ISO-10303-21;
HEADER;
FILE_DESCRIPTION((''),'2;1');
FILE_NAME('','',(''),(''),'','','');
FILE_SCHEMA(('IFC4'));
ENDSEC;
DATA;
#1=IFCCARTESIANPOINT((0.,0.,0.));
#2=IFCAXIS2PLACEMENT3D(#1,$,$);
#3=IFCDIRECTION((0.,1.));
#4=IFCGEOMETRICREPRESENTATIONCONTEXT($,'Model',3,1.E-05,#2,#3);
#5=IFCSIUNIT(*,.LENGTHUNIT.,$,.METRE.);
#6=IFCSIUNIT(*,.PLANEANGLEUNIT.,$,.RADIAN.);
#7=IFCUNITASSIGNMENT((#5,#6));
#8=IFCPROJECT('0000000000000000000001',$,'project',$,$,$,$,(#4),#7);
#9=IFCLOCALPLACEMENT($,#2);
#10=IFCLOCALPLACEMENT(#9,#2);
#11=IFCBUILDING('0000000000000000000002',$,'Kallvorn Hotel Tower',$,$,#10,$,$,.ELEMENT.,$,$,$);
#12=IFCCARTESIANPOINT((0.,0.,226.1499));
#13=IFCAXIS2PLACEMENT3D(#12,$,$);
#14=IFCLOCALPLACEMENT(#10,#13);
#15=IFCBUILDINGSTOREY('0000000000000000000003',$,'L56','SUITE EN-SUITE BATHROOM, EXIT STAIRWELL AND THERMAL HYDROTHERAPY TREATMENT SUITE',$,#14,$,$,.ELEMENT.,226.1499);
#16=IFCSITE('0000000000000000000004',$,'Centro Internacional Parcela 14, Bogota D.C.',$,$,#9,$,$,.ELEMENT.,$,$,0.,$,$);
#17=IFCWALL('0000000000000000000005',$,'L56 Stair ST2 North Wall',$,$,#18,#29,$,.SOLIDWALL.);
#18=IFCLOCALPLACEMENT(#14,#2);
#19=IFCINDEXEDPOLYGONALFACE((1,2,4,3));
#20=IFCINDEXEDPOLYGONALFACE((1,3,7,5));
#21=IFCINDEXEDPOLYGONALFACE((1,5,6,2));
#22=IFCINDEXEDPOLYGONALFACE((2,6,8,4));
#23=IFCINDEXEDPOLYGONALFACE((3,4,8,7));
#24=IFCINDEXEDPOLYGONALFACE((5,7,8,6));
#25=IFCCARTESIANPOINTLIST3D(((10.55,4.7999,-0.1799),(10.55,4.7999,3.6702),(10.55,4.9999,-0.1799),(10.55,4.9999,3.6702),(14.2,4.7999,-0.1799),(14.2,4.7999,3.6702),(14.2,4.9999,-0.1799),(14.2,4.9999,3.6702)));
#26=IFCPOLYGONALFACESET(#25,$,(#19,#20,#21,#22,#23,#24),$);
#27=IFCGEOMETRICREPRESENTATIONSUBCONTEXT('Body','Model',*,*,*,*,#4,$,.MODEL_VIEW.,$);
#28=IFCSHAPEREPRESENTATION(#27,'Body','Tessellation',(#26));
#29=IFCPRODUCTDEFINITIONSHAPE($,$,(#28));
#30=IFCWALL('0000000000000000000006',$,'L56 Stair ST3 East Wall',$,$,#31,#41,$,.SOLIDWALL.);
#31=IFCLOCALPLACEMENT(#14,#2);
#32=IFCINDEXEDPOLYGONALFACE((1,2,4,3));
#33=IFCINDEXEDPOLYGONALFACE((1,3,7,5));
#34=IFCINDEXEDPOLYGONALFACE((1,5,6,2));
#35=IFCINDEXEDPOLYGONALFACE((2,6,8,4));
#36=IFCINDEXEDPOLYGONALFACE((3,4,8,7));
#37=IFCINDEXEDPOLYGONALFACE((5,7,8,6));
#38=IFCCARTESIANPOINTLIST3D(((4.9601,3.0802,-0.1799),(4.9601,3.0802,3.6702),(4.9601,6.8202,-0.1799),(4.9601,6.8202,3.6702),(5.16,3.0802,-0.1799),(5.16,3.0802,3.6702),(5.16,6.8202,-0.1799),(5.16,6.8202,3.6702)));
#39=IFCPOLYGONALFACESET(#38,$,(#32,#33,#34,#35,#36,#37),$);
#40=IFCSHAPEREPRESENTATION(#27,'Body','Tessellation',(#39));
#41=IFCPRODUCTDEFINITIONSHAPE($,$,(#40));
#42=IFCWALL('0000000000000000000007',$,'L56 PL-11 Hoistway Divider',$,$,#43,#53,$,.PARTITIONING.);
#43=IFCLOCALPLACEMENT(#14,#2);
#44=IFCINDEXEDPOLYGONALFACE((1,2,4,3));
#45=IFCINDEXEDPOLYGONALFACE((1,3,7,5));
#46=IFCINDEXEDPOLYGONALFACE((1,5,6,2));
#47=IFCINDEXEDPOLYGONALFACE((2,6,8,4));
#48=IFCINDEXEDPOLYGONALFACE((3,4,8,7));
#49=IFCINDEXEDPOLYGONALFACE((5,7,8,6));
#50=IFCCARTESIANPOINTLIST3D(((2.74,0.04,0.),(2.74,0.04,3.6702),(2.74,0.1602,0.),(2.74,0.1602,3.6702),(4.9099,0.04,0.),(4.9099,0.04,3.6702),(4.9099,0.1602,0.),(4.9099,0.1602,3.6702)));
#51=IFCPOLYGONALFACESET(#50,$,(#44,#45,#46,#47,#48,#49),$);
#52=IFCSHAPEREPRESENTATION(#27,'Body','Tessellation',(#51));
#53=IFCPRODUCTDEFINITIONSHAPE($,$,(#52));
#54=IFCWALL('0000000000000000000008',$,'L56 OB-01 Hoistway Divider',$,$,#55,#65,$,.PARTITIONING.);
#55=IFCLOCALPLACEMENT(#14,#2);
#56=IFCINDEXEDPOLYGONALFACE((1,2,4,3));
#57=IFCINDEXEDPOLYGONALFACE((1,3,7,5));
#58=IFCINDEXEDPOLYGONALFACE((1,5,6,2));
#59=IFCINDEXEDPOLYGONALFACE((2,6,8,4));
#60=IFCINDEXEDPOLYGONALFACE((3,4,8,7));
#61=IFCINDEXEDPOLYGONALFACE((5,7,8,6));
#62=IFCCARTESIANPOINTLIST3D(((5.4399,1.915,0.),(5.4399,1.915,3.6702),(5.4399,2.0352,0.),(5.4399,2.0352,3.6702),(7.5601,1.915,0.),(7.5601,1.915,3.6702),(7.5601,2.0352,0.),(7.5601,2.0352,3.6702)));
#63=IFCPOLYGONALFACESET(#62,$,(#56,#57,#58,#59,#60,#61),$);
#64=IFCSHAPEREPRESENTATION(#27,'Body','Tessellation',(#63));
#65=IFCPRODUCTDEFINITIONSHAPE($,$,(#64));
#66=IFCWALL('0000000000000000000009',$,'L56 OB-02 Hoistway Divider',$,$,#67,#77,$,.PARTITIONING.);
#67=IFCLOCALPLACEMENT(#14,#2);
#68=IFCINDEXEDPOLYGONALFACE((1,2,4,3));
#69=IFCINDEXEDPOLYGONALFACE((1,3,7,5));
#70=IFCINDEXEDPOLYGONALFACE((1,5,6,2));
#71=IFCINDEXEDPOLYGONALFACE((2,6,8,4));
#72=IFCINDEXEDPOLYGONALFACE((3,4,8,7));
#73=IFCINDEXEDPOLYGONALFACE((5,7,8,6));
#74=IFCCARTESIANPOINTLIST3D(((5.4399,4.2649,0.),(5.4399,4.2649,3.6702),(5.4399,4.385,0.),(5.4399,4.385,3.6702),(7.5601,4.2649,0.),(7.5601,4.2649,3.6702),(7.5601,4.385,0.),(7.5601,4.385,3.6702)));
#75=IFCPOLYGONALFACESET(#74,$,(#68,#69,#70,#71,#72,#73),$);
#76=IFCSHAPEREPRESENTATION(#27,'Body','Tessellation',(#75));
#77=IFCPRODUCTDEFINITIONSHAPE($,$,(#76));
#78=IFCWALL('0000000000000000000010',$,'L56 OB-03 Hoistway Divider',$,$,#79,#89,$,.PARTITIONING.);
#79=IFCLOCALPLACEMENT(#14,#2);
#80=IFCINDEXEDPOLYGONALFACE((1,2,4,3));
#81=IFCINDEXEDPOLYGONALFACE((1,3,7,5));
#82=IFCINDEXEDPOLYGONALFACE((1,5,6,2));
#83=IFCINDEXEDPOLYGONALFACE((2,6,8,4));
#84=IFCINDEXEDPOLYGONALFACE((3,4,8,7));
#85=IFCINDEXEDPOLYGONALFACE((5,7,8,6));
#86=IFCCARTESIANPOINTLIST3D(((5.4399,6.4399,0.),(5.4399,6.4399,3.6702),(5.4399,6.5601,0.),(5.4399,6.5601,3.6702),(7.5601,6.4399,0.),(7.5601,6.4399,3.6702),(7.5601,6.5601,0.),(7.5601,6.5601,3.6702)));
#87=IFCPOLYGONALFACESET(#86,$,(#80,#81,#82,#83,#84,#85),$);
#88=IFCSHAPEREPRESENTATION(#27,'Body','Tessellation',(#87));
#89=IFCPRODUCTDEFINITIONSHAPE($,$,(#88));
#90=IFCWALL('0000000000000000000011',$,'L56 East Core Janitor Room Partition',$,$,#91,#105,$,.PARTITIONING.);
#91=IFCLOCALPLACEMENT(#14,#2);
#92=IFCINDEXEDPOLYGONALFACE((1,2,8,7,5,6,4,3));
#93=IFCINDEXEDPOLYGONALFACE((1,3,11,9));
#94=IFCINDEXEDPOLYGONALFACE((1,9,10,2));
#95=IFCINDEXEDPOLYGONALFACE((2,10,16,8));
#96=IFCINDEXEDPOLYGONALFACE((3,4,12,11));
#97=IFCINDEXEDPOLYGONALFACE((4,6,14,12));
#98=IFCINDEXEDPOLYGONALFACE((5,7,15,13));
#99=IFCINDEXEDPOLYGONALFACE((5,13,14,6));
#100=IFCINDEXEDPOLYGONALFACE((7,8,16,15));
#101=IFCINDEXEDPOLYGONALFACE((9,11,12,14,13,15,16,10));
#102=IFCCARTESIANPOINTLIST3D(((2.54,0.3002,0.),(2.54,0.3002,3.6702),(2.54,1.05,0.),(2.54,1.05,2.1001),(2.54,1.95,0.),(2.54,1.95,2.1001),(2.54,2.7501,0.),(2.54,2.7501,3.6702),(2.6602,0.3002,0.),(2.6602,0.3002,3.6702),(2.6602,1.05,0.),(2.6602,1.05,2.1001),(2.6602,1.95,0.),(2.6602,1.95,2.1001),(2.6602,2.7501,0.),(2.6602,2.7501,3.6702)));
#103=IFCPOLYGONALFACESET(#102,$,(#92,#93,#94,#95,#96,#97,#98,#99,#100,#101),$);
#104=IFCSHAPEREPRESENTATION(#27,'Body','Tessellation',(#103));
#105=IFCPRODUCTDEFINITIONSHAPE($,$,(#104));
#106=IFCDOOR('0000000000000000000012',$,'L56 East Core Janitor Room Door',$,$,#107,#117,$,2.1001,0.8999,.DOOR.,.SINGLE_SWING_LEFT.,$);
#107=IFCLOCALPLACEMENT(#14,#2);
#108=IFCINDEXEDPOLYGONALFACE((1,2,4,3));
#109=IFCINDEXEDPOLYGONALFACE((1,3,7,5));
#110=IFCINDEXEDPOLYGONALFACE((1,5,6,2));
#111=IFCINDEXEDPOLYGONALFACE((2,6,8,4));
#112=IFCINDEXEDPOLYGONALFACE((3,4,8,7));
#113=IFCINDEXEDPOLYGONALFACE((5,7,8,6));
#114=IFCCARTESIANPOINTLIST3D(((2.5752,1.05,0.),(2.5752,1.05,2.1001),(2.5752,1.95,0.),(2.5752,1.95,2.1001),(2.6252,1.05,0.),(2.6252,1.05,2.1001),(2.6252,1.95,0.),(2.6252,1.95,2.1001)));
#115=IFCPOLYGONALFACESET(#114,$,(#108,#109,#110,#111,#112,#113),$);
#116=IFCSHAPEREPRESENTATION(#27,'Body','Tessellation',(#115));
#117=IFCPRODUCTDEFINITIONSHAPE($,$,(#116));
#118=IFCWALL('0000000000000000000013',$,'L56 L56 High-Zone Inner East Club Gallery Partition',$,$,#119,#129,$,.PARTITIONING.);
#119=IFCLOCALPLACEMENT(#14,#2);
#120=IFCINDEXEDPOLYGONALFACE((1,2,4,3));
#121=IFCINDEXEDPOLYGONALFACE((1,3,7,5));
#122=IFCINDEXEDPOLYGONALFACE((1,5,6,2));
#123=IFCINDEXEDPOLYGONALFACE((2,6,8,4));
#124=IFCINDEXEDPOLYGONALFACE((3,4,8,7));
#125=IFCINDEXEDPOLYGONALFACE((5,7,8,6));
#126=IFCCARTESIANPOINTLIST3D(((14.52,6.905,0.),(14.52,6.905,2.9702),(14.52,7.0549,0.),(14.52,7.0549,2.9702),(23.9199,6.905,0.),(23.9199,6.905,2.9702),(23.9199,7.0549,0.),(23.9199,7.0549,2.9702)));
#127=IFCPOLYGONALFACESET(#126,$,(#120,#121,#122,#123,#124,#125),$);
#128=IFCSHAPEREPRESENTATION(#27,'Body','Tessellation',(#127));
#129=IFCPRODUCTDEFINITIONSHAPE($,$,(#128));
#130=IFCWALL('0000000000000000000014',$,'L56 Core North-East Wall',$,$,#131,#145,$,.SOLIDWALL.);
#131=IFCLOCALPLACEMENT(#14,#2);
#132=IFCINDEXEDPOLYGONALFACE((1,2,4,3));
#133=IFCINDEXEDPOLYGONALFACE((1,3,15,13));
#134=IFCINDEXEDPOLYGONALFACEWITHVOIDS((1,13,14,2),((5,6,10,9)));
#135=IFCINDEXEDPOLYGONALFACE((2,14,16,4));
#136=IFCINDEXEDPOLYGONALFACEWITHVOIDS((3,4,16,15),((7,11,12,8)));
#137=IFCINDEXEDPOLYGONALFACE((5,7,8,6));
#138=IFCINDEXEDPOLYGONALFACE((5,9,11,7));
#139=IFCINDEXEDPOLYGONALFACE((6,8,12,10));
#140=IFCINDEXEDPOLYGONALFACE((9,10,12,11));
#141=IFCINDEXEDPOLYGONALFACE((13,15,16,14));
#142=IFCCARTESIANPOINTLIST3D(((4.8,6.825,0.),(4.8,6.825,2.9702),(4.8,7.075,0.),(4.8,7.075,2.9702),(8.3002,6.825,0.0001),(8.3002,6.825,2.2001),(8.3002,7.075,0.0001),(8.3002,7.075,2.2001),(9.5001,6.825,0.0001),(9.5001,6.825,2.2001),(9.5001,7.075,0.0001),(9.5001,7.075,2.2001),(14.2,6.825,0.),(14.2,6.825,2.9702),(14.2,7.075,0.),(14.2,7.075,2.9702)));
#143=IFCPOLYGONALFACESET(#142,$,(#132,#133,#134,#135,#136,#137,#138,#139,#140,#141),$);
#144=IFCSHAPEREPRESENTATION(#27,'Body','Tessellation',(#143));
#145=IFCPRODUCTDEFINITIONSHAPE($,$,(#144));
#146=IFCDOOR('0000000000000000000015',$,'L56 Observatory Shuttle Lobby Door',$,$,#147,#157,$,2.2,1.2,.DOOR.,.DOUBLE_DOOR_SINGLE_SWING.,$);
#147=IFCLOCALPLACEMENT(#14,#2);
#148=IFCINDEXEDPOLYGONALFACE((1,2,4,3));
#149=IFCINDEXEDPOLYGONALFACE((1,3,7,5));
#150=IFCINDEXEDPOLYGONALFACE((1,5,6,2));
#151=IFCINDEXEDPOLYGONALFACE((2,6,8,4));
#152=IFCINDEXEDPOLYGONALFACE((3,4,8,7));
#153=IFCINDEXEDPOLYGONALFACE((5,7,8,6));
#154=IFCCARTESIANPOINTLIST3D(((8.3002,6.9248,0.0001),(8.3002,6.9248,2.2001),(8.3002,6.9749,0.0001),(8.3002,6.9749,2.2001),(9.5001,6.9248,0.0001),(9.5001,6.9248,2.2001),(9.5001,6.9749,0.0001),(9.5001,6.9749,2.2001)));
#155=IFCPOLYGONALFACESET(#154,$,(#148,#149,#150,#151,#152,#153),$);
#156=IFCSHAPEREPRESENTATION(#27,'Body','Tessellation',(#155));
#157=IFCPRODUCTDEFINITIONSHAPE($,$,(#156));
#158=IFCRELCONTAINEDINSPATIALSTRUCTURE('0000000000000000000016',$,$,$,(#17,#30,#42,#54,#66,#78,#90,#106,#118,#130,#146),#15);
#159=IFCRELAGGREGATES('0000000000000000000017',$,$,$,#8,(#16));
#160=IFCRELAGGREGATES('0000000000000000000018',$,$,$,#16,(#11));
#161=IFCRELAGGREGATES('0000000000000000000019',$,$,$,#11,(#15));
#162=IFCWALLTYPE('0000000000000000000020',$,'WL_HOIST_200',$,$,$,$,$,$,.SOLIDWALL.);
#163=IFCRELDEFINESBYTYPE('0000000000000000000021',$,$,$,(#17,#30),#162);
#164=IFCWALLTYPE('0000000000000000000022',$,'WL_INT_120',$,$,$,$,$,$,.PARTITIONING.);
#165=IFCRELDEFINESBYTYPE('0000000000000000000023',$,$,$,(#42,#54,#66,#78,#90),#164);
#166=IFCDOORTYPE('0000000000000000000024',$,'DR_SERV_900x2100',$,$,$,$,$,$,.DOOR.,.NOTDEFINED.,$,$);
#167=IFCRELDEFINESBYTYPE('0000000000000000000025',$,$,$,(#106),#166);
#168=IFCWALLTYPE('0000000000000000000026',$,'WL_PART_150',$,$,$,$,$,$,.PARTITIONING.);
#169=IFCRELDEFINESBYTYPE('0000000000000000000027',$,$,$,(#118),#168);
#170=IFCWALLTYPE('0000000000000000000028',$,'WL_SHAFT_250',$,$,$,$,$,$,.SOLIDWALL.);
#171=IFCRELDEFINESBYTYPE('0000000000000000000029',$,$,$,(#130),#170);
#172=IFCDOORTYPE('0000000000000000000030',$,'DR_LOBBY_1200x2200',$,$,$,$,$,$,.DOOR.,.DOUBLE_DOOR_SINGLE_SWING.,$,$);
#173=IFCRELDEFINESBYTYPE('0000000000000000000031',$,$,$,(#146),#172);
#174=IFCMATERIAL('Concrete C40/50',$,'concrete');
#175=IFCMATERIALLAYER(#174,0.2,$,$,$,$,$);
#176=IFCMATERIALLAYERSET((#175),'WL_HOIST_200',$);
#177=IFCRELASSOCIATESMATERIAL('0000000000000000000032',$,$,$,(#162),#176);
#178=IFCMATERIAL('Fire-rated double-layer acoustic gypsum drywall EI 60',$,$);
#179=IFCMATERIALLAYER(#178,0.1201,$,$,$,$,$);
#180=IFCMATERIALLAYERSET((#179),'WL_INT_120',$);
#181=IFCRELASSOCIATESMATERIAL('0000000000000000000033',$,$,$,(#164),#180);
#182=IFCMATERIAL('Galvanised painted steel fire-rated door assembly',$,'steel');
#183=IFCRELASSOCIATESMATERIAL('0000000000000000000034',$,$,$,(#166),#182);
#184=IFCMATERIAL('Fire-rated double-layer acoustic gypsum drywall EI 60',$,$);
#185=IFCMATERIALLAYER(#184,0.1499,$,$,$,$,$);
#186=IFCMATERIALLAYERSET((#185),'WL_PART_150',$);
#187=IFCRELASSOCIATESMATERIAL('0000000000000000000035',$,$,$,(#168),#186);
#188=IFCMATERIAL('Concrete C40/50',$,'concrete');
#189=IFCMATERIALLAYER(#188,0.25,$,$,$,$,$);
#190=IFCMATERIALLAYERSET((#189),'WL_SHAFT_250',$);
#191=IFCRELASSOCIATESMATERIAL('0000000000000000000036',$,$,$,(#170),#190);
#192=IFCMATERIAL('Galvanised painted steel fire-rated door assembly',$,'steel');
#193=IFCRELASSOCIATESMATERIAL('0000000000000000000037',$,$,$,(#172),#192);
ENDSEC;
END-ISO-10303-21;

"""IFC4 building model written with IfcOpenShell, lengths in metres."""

from ifc_helpers import new_model, si_unit, direction, frame, frame_2d, origin, place, context, subcontext, project, spatial, rectangle, extrude, material, layer, layer_set, type_object, element, fill, save


model = new_model("IFC4")

# Units and contexts
model_context = context("Model", 3, precision=1e-05, world=origin(), true_north=direction((0.0, 1.0)))
body_context = subcontext(model_context, "Body", "Model", "MODEL_VIEW")
ifc_project = project(units=[si_unit("LENGTHUNIT", "METRE"), si_unit("PLANEANGLEUNIT", "RADIAN")], contexts=[model_context])

# Site, building, storey
site_placement = place(None, origin())
site = spatial("IfcSite", under=ifc_project, at=site_placement, Name="Centro Internacional Parcela 14, Bogota D.C.", CompositionType="ELEMENT", RefElevation=0.0)
building_placement = place(site_placement, origin())
building = spatial("IfcBuilding", under=site, at=building_placement, Name="Kallvorn Hotel Tower", CompositionType="ELEMENT")
storey_placement = place(building_placement, frame((0.0, 0.0, 226.1499)))
storey = spatial("IfcBuildingStorey", under=building, at=storey_placement, Name="L56", Description="SUITE EN-SUITE BATHROOM, EXIT STAIRWELL AND THERMAL HYDROTHERAPY TREATMENT SUITE", CompositionType="ELEMENT", Elevation=226.1499)

# Walls
ifc_material_1 = material(Name="Concrete C40/50", Category="concrete")
ifc_layer_1 = layer(ifc_material_1, 0.2)
ifc_layer_set_1 = layer_set([ifc_layer_1], Name="WL_HOIST_200")
wall_type_1 = type_object("IfcWallType", Name="WL_HOIST_200", PredefinedType="SOLIDWALL", material=ifc_layer_set_1)
wall_1_placement = place(storey_placement, frame((10.55, 4.8999, -0.1799), z_axis=(0.0, 0.0, 1.0), x_axis=(1.0, 0.0, 0.0)))
element("IfcWall", 1, at=wall_1_placement, inside=storey, type_object=wall_type_1, Name="L56 Stair ST2 North Wall", PredefinedType="SOLIDWALL", context=body_context, shape_type="SweptSolid", body=[
    extrude(rectangle(XDim=3.6499, YDim=0.2, at=frame_2d((1.825, 0.0))), origin(), (0.0, 0.0, 1.0), 3.8501),
])
wall_2_placement = place(storey_placement, frame((5.0601, 3.0801, -0.1799), z_axis=(0.0, 0.0, 1.0), x_axis=(0.0, 1.0, 0.0)))
element("IfcWall", 2, at=wall_2_placement, inside=storey, type_object=wall_type_1, Name="L56 Stair ST3 East Wall", PredefinedType="SOLIDWALL", context=body_context, shape_type="SweptSolid", body=[
    extrude(rectangle(XDim=3.74, YDim=0.2, at=frame_2d((1.8701, 0.0))), origin(), (0.0, 0.0, 1.0), 3.8501),
])
ifc_material_2 = material(Name="Fire-rated double-layer acoustic gypsum drywall EI 60")
ifc_layer_2 = layer(ifc_material_2, 0.1201)
ifc_layer_set_2 = layer_set([ifc_layer_2], Name="WL_INT_120")
wall_type_2 = type_object("IfcWallType", Name="WL_INT_120", PredefinedType="PARTITIONING", material=ifc_layer_set_2)
wall_3_placement = place(storey_placement, frame((2.74, 0.1001, 0.0), z_axis=(0.0, 0.0, 1.0), x_axis=(1.0, 0.0, 0.0)))
element("IfcWall", 3, at=wall_3_placement, inside=storey, type_object=wall_type_2, Name="L56 PL-11 Hoistway Divider", PredefinedType="PARTITIONING", context=body_context, shape_type="SweptSolid", body=[
    extrude(rectangle(XDim=2.1699, YDim=0.1201, at=frame_2d((1.085, 0.0))), origin(), (0.0, 0.0, 1.0), 3.6702),
])
for number, where, z_axis, x_axis, name in (
    (4, (5.4399, 1.9751, 0.0), (0.0, 0.0, 1.0), (1.0, 0.0, 0.0), "L56 OB-01 Hoistway Divider"),
    (5, (5.4399, 4.325, 0.0), (0.0, 0.0, 1.0), (1.0, 0.0, 0.0), "L56 OB-02 Hoistway Divider"),
    (6, (5.4399, 6.5, 0.0), (0.0, 0.0, 1.0), (1.0, 0.0, 0.0), "L56 OB-03 Hoistway Divider"),
):
    element("IfcWall", number, at=place(storey_placement, frame(where, z_axis=z_axis, x_axis=x_axis)), inside=storey, type_object=wall_type_2, Name=name, PredefinedType="PARTITIONING", context=body_context, shape_type="SweptSolid", body=[
        extrude(rectangle(XDim=2.1201, YDim=0.1201, at=frame_2d((1.0601, 0.0))), origin(), (0.0, 0.0, 1.0), 3.6702),
    ])

# Wall, opening, door
wall_4_placement = place(storey_placement, frame((2.6001, 0.3, 0.0), z_axis=(0.0, 0.0, 1.0), x_axis=(0.0, 1.0, 0.0)))
wall_4 = element("IfcWall", 7, at=wall_4_placement, inside=storey, type_object=wall_type_2, Name="L56 East Core Janitor Room Partition", PredefinedType="PARTITIONING", context=body_context, shape_type="SweptSolid", body=[
    extrude(rectangle(XDim=2.45, YDim=0.1201, at=frame_2d((1.2251, 0.0))), origin(), (0.0, 0.0, 1.0), 3.6702),
])
opening_1_placement = place(wall_4_placement, frame((0.75, 0.0, 0.0)))
opening_1 = element("IfcOpeningElement", 8, at=opening_1_placement, cuts=wall_4, PredefinedType="OPENING", context=body_context, shape_type="SweptSolid", body=[
    extrude(rectangle(XDim=0.8999, YDim=2.1001, at=frame_2d((0.45, 1.05))), frame((0.0, 0.075, 0.0), z_axis=(0.0, -1.0, 0.0), x_axis=(1.0, 0.0, 0.0)), (0.0, 0.0, 1.0), 0.1501),
])
ifc_material_3 = material(Name="Galvanised painted steel fire-rated door assembly", Category="steel")
door_type_1 = type_object("IfcDoorType", Name="DR_SERV_900x2100", OperationType="NOTDEFINED", PredefinedType="DOOR", material=ifc_material_3)
door_1_placement = place(opening_1_placement, origin())
door_1 = element("IfcDoor", 9, at=door_1_placement, inside=storey, type_object=door_type_1, Name="L56 East Core Janitor Room Door", OperationType="SINGLE_SWING_LEFT", OverallHeight=2.1001, OverallWidth=0.8999, PredefinedType="DOOR", context=body_context, shape_type="SweptSolid", body=[
    extrude(rectangle(XDim=0.8999, YDim=2.1001, at=frame_2d((0.45, 1.05))), frame((0.0, 0.0249, 0.0), z_axis=(0.0, -1.0, 0.0), x_axis=(1.0, 0.0, 0.0)), (0.0, 0.0, 1.0), 0.05),
])
fill(opening_1, door_1)

# Wall
ifc_material_4 = material(Name="Fire-rated double-layer acoustic gypsum drywall EI 60")
ifc_layer_3 = layer(ifc_material_4, 0.1499)
ifc_layer_set_3 = layer_set([ifc_layer_3], Name="WL_PART_150")
wall_type_3 = type_object("IfcWallType", Name="WL_PART_150", PredefinedType="PARTITIONING", material=ifc_layer_set_3)
wall_5_placement = place(storey_placement, frame((14.52, 6.98, 0.0), z_axis=(0.0, 0.0, 1.0), x_axis=(1.0, 0.0, 0.0)))
element("IfcWall", 10, at=wall_5_placement, inside=storey, type_object=wall_type_3, Name="L56 L56 High-Zone Inner East Club Gallery Partition", PredefinedType="PARTITIONING", context=body_context, shape_type="SweptSolid", body=[
    extrude(rectangle(XDim=9.3999, YDim=0.1499, at=frame_2d((4.7, 0.0))), origin(), (0.0, 0.0, 1.0), 2.9702),
])

# Wall, opening, door
ifc_material_5 = material(Name="Concrete C40/50", Category="concrete")
ifc_layer_4 = layer(ifc_material_5, 0.25)
ifc_layer_set_4 = layer_set([ifc_layer_4], Name="WL_SHAFT_250")
wall_type_4 = type_object("IfcWallType", Name="WL_SHAFT_250", PredefinedType="SOLIDWALL", material=ifc_layer_set_4)
wall_6_placement = place(storey_placement, frame((4.8, 6.95, 0.0), z_axis=(0.0, 0.0, 1.0), x_axis=(1.0, 0.0, 0.0)))
wall_6 = element("IfcWall", 11, at=wall_6_placement, inside=storey, type_object=wall_type_4, Name="L56 Core North-East Wall", PredefinedType="SOLIDWALL", context=body_context, shape_type="SweptSolid", body=[
    extrude(rectangle(XDim=9.3999, YDim=0.25, at=frame_2d((4.7, 0.0))), origin(), (0.0, 0.0, 1.0), 2.9702),
])
opening_2_placement = place(wall_6_placement, frame((3.5, 0.0, 0.0)))
opening_2 = element("IfcOpeningElement", 12, at=opening_2_placement, cuts=wall_6, PredefinedType="OPENING", context=body_context, shape_type="SweptSolid", body=[
    extrude(rectangle(XDim=1.2, YDim=2.2, at=frame_2d((0.6001, 1.1001))), frame((0.0, 0.1399, 0.0), z_axis=(0.0, -1.0, 0.0), x_axis=(1.0, 0.0, 0.0)), (0.0, 0.0, 1.0), 0.28),
])
ifc_material_6 = material(Name="Galvanised painted steel fire-rated door assembly", Category="steel")
door_type_2 = type_object("IfcDoorType", Name="DR_LOBBY_1200x2200", OperationType="DOUBLE_DOOR_SINGLE_SWING", PredefinedType="DOOR", material=ifc_material_6)
door_2_placement = place(opening_2_placement, origin())
door_2 = element("IfcDoor", 13, at=door_2_placement, inside=storey, type_object=door_type_2, Name="L56 Observatory Shuttle Lobby Door", OperationType="DOUBLE_DOOR_SINGLE_SWING", OverallHeight=2.2, OverallWidth=1.2, PredefinedType="DOOR", context=body_context, shape_type="SweptSolid", body=[
    extrude(rectangle(XDim=1.2, YDim=2.2, at=frame_2d((0.6001, 1.1001))), frame((0.0, 0.0249, 0.0), z_axis=(0.0, -1.0, 0.0), x_axis=(1.0, 0.0, 0.0)), (0.0, 0.0, 1.0), 0.05),
])
fill(opening_2, door_2)

save(model, "model.ifc")
